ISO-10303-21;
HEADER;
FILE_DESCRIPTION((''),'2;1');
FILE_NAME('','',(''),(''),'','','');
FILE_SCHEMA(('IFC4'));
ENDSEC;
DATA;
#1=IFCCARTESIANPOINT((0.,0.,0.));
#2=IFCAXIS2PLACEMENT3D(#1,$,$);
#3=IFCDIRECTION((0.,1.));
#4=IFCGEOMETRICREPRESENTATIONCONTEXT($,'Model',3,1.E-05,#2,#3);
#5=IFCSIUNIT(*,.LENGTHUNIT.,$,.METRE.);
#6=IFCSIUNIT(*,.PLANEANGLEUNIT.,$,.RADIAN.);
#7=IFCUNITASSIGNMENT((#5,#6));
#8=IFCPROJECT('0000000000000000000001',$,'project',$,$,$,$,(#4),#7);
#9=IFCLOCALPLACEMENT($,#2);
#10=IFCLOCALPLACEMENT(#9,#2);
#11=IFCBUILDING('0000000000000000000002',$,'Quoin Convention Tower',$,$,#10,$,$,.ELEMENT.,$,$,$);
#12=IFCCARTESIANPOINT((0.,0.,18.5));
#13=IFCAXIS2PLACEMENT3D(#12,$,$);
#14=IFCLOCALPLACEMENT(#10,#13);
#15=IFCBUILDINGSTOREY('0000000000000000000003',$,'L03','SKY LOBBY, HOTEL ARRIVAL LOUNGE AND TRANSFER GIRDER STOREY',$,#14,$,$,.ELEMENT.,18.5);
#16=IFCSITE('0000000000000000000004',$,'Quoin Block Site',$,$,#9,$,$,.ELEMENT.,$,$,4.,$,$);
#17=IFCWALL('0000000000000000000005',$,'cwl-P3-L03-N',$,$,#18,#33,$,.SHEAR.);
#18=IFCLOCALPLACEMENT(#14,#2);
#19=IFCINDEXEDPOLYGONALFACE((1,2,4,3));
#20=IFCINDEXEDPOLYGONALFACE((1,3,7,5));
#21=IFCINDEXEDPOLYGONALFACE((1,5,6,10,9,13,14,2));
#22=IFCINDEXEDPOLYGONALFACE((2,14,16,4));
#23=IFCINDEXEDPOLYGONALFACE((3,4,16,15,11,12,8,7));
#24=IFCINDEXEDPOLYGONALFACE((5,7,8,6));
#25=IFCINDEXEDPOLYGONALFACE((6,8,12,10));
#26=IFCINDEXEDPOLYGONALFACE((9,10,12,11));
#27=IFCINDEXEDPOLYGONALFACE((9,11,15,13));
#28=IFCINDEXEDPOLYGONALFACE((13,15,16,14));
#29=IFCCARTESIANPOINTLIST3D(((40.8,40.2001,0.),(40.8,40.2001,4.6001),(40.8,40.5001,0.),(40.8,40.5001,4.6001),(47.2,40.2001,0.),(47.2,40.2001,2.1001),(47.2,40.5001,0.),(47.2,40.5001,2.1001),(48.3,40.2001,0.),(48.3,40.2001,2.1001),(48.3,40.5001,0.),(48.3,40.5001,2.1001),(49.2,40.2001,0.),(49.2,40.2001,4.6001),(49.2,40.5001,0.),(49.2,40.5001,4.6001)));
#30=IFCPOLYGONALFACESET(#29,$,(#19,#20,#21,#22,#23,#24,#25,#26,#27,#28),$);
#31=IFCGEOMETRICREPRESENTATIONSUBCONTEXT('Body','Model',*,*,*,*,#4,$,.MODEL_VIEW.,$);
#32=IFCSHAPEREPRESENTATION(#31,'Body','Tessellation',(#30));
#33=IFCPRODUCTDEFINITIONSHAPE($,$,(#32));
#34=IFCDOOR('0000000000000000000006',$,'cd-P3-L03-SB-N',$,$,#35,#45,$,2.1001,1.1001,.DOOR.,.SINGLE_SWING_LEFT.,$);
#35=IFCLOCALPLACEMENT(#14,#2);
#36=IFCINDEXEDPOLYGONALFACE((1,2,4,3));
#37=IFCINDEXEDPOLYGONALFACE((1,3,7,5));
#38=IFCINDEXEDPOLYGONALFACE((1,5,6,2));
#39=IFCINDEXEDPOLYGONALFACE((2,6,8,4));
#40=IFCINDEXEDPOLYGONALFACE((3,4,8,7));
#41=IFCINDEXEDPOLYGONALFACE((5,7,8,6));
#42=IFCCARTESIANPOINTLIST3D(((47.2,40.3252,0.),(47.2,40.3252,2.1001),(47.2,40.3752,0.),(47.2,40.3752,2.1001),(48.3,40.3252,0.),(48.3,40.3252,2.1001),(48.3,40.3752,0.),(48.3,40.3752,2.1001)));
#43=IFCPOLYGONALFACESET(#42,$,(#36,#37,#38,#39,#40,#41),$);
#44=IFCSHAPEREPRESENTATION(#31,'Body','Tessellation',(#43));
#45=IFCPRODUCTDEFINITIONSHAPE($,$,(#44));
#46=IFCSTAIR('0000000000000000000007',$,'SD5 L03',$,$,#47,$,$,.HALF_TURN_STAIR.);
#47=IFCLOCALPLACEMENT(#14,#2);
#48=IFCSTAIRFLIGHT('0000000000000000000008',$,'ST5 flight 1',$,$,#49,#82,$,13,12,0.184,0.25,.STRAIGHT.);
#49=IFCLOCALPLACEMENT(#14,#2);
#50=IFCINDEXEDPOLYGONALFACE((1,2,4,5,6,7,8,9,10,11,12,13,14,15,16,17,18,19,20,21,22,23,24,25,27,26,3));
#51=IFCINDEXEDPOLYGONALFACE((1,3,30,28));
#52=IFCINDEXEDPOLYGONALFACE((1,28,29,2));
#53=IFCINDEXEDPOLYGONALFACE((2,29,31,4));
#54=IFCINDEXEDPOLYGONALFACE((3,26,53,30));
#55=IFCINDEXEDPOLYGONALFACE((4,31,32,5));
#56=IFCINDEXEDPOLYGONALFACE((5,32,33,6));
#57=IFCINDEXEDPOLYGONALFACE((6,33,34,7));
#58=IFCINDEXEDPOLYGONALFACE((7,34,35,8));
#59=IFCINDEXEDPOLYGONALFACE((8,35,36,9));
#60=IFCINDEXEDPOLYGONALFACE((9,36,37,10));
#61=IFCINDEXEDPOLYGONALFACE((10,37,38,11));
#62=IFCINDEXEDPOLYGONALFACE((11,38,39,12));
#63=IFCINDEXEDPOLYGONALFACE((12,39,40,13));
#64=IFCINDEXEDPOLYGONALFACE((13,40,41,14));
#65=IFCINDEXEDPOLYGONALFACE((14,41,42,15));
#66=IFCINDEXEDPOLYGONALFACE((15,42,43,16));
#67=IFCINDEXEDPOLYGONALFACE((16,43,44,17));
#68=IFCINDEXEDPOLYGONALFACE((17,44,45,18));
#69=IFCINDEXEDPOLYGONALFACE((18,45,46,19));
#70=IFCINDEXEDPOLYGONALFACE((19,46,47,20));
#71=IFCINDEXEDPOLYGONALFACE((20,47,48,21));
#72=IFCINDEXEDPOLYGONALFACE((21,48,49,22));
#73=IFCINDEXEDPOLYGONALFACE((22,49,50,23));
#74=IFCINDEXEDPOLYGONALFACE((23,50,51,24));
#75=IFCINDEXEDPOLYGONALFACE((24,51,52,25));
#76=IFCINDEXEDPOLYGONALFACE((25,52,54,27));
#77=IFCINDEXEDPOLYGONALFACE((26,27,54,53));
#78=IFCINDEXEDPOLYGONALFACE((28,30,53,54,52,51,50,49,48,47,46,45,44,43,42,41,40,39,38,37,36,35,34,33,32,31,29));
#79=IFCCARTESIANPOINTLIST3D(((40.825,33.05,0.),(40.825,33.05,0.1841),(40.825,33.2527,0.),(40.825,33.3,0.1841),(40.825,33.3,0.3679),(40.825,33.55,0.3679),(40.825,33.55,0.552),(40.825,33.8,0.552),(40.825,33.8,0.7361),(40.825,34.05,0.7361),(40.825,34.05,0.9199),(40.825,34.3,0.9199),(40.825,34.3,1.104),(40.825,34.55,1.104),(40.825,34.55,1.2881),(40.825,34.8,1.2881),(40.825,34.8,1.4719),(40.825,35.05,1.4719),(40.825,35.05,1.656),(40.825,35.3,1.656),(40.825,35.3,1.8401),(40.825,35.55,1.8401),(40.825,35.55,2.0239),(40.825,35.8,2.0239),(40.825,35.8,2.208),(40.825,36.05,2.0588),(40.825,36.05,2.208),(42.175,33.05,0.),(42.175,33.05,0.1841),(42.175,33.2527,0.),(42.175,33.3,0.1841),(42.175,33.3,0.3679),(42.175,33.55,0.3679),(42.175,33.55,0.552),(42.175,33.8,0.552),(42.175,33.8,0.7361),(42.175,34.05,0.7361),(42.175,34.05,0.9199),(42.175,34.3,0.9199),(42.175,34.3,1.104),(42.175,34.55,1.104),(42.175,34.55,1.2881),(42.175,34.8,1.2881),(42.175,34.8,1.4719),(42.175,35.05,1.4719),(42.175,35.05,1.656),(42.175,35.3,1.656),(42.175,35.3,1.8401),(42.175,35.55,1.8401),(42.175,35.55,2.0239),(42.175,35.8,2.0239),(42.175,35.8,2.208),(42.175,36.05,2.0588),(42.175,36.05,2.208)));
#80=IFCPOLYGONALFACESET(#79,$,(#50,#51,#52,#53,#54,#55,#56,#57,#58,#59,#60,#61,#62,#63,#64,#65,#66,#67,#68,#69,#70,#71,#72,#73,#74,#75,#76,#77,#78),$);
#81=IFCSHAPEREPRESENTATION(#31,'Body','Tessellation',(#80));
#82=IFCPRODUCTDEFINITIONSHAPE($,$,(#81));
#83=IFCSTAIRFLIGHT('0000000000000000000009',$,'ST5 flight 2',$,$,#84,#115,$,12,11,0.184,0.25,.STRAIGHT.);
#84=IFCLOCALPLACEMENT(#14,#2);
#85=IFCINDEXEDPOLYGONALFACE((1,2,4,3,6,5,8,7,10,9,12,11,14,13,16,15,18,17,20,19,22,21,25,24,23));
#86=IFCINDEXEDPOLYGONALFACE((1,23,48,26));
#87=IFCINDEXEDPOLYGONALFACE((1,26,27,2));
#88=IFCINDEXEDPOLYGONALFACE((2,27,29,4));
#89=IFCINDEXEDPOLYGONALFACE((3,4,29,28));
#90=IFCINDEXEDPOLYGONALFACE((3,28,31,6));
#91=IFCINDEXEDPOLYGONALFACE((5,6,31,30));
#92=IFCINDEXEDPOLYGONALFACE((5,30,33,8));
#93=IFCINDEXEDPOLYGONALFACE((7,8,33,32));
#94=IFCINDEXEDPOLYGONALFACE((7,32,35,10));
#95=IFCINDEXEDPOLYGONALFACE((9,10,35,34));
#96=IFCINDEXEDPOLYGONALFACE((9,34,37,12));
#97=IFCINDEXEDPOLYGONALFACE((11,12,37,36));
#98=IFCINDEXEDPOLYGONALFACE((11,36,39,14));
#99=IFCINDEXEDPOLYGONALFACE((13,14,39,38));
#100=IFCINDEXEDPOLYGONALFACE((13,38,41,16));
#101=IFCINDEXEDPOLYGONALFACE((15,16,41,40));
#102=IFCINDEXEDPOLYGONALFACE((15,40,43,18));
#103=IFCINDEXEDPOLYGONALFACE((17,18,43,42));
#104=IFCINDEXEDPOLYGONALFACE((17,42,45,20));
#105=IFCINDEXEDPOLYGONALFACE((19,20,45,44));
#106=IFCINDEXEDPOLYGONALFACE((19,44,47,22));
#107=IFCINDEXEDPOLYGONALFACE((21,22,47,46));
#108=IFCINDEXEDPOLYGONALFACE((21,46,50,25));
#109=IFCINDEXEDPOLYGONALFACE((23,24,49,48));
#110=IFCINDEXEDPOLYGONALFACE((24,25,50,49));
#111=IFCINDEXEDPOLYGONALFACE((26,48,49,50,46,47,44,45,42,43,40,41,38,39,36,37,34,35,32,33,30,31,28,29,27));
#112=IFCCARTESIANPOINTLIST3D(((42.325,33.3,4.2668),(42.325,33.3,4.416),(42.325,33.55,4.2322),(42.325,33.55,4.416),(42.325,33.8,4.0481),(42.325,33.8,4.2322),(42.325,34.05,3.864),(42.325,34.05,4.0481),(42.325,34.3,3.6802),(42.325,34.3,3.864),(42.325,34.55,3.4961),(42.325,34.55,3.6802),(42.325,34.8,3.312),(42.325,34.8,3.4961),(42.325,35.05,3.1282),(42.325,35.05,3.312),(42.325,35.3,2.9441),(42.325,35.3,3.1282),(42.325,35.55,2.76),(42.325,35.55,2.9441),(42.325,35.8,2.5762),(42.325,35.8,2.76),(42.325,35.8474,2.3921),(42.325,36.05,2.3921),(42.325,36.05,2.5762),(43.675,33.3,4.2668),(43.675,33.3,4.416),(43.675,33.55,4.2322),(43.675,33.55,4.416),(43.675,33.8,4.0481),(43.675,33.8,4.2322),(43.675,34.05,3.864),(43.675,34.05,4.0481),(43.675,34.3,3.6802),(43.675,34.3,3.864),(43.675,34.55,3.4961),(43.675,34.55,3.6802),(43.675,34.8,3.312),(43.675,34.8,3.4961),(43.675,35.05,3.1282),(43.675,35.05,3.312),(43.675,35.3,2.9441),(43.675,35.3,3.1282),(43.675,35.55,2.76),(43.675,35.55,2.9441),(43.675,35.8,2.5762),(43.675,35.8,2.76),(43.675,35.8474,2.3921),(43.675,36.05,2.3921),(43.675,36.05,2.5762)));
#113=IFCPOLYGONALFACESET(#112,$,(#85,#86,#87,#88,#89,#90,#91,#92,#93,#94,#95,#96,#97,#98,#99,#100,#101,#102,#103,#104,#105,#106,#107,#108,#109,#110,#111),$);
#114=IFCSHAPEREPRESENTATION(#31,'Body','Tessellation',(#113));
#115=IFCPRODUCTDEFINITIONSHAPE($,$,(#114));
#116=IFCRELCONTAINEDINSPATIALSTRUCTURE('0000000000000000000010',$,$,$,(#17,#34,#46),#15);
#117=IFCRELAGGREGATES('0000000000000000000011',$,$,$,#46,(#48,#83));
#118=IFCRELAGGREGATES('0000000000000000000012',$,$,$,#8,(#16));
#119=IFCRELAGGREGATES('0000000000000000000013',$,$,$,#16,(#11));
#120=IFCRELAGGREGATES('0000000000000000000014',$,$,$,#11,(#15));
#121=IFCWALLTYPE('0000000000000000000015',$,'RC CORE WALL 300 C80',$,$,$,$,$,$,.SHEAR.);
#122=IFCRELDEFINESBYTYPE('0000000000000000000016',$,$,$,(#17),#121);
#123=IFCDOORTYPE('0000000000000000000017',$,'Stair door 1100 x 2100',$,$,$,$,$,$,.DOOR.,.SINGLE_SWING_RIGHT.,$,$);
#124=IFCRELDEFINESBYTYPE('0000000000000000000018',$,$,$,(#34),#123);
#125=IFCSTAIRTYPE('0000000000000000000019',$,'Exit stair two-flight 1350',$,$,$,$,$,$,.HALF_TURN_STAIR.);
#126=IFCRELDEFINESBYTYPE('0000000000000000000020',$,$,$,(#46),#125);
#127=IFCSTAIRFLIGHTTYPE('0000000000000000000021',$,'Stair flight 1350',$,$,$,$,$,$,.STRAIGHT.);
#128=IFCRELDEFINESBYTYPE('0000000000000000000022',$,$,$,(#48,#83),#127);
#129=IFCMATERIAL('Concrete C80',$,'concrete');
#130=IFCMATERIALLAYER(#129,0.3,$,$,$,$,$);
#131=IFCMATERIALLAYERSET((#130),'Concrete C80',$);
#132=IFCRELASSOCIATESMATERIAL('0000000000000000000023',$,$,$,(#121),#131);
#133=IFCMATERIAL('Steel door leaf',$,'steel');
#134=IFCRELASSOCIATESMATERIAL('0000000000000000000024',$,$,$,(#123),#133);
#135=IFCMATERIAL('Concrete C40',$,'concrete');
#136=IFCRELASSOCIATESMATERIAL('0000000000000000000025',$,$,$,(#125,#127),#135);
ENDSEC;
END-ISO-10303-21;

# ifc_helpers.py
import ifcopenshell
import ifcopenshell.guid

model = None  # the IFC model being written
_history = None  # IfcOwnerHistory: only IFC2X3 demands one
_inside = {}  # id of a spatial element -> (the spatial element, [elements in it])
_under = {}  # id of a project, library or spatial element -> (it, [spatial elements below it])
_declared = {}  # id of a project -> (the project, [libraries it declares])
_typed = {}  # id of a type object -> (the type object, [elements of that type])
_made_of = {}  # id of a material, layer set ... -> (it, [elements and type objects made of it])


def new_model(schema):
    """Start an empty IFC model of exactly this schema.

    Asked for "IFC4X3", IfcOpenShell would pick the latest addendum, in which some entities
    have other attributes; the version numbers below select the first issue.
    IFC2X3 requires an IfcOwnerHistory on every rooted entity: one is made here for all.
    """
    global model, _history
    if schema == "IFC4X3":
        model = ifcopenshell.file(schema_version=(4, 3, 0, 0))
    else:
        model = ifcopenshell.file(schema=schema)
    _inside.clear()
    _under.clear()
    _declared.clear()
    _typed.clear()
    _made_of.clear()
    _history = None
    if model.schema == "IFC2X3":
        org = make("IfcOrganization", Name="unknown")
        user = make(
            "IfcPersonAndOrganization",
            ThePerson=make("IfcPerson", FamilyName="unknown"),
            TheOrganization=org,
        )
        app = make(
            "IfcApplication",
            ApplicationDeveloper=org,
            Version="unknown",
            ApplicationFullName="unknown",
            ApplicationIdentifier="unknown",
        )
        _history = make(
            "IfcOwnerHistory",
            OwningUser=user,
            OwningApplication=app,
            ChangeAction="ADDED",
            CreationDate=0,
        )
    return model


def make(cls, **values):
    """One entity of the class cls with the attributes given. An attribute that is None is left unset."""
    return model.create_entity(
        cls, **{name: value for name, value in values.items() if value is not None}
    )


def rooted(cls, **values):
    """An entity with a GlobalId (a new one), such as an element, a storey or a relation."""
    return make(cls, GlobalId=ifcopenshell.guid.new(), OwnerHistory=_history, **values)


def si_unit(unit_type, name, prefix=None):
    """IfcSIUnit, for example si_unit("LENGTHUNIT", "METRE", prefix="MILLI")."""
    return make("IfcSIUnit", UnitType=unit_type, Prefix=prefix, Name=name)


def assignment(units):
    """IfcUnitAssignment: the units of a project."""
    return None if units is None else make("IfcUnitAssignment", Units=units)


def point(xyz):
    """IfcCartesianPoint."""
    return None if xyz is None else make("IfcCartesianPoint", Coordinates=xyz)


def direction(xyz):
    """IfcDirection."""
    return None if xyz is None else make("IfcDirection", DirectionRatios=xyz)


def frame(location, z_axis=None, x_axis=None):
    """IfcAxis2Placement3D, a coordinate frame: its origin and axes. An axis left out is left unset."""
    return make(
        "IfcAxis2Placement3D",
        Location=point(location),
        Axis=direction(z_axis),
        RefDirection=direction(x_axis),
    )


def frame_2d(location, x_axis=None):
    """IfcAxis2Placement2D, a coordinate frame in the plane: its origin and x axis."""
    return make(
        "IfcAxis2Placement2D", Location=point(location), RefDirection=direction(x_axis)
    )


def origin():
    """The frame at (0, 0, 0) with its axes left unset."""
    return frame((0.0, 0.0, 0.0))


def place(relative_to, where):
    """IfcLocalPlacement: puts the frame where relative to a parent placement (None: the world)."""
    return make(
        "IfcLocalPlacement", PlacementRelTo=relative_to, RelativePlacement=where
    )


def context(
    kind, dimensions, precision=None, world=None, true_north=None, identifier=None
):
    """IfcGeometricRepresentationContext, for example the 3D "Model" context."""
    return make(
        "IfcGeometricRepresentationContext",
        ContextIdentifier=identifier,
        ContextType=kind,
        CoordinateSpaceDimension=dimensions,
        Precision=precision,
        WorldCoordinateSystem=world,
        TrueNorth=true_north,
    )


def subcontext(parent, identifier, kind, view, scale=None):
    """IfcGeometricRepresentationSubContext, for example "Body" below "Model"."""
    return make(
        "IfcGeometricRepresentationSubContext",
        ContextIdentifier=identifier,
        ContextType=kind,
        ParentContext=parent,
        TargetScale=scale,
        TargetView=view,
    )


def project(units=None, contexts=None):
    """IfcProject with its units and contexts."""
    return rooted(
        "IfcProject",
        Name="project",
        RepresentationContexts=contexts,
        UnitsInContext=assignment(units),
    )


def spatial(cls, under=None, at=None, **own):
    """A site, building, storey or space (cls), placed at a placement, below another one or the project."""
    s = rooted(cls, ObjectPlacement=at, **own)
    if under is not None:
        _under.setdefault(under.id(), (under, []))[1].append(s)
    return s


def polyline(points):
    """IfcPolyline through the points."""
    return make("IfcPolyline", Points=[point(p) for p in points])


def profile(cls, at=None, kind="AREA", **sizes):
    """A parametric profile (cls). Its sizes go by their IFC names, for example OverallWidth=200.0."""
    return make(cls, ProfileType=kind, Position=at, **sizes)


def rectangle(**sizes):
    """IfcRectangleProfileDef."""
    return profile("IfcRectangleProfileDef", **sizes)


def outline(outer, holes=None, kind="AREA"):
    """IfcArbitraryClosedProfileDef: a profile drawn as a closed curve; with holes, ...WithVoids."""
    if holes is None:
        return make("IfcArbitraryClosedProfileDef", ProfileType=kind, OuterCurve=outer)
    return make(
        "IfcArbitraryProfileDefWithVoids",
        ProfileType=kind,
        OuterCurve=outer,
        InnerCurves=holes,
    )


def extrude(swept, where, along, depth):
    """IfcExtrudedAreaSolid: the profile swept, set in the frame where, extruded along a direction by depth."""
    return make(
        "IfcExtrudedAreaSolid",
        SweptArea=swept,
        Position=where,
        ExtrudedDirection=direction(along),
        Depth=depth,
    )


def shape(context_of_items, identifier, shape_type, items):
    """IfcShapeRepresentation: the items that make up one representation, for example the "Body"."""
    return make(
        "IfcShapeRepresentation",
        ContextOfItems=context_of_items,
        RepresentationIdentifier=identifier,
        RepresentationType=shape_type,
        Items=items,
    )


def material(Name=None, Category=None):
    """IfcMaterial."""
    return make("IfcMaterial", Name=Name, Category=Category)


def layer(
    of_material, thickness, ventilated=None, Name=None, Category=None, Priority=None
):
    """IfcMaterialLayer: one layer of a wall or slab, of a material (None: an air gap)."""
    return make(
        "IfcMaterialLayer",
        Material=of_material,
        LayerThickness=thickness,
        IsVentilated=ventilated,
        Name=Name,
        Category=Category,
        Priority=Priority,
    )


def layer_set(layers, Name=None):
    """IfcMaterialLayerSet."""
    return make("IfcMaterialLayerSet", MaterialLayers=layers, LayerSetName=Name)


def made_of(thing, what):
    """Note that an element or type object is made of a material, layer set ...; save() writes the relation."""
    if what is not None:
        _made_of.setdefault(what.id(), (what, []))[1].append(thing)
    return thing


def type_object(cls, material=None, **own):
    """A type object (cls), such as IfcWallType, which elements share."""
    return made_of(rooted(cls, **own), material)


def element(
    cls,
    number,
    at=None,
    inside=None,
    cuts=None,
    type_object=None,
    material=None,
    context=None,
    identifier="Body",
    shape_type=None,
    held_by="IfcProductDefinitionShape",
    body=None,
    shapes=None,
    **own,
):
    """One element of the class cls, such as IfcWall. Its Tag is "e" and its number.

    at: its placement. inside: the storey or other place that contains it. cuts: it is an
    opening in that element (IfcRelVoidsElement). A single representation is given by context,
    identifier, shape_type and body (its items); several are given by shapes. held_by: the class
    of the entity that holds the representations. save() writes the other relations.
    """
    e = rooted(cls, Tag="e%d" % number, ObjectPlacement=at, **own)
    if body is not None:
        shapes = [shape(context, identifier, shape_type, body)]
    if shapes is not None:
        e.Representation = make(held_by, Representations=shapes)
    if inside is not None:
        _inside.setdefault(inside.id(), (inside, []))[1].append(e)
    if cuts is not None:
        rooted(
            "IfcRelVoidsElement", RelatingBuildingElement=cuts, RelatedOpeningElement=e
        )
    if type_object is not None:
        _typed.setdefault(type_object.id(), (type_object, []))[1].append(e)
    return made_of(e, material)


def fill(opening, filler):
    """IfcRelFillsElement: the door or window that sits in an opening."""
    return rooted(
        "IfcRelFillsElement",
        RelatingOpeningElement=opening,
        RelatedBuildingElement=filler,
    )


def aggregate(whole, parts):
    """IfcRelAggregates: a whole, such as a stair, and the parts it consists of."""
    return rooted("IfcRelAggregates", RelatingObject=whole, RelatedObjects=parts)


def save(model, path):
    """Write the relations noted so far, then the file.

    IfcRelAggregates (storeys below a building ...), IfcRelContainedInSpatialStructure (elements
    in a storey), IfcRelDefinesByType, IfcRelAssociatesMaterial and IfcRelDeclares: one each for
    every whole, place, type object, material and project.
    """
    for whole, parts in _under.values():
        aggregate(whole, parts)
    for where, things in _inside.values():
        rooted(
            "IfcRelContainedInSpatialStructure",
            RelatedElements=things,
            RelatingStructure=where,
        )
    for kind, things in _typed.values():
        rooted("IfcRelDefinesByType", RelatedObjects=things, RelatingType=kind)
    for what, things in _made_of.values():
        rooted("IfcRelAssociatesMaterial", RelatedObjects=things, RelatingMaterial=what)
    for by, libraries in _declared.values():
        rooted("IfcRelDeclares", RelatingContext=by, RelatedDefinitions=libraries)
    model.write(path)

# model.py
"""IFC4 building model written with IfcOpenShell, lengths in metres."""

from ifc_helpers import new_model, si_unit, direction, frame, frame_2d, origin, place, context, subcontext, project, spatial, polyline, rectangle, outline, extrude, material, layer, layer_set, type_object, element, fill, aggregate, save


model = new_model("IFC4")

# Units and contexts
model_context = context("Model", 3, precision=1e-05, world=origin(), true_north=direction((0.0, 1.0)))
body_context = subcontext(model_context, "Body", "Model", "MODEL_VIEW")
ifc_project = project(units=[si_unit("LENGTHUNIT", "METRE"), si_unit("PLANEANGLEUNIT", "RADIAN")], contexts=[model_context])

# Site, building, storey
site_placement = place(None, origin())
site = spatial("IfcSite", under=ifc_project, at=site_placement, Name="Quoin Block Site", CompositionType="ELEMENT", RefElevation=4.0)
building_placement = place(site_placement, origin())
building = spatial("IfcBuilding", under=site, at=building_placement, Name="Quoin Convention Tower", CompositionType="ELEMENT")
storey_placement = place(building_placement, frame((0.0, 0.0, 18.5)))
storey = spatial("IfcBuildingStorey", under=building, at=storey_placement, Name="L03", Description="SKY LOBBY, HOTEL ARRIVAL LOUNGE AND TRANSFER GIRDER STOREY", CompositionType="ELEMENT", Elevation=18.5)

# Shared definitions
ifc_material_1 = material(Name="Concrete C80", Category="concrete")

# Shared definitions
ifc_material_2 = material(Name="Steel door leaf", Category="steel")

# Wall, opening, door
ifc_layer_1 = layer(ifc_material_1, 0.3)
ifc_layer_set_1 = layer_set([ifc_layer_1], Name="Concrete C80")
wall_type_1 = type_object("IfcWallType", Name="RC CORE WALL 300 C80", PredefinedType="SHEAR", material=ifc_layer_set_1)
wall_1_placement = place(storey_placement, frame((40.8, 40.3501, 0.0), z_axis=(0.0, 0.0, 1.0), x_axis=(1.0, 0.0, 0.0)))
wall_1 = element("IfcWall", 1, at=wall_1_placement, inside=storey, type_object=wall_type_1, Name="cwl-P3-L03-N", PredefinedType="SHEAR", context=body_context, shape_type="SweptSolid", body=[
    extrude(rectangle(XDim=8.3999, YDim=0.3, at=frame_2d((4.2, 0.0))), origin(), (0.0, 0.0, 1.0), 4.6001),
])
opening_1_placement = place(wall_1_placement, frame((6.3999, 0.0, 0.0)))
opening_1 = element("IfcOpeningElement", 2, at=opening_1_placement, cuts=wall_1, PredefinedType="OPENING", context=body_context, shape_type="SweptSolid", body=[
    extrude(rectangle(XDim=1.1001, YDim=2.1001, at=frame_2d((0.55, 1.05))), frame((0.0, 0.1599, 0.0), z_axis=(0.0, -1.0, 0.0), x_axis=(1.0, 0.0, 0.0)), (0.0, 0.0, 1.0), 0.3201),
])
door_type_1 = type_object("IfcDoorType", Name="Stair door 1100 x 2100", OperationType="SINGLE_SWING_RIGHT", PredefinedType="DOOR", material=ifc_material_2)
door_1_placement = place(opening_1_placement, frame((1.1001, 0.0, 0.0), z_axis=(0.0, 0.0, 1.0), x_axis=(-1.0, 0.0, 0.0)))
door_1 = element("IfcDoor", 3, at=door_1_placement, inside=storey, type_object=door_type_1, Name="cd-P3-L03-SB-N", OperationType="SINGLE_SWING_LEFT", OverallHeight=2.1001, OverallWidth=1.1001, PredefinedType="DOOR", context=body_context, shape_type="SweptSolid", body=[
    extrude(rectangle(XDim=1.1001, YDim=2.1001, at=frame_2d((0.55, 1.05))), frame((0.0, 0.0249, 0.0), z_axis=(0.0, -1.0, 0.0), x_axis=(1.0, 0.0, 0.0)), (0.0, 0.0, 1.0), 0.05),
])
fill(opening_1, door_1)

# Stair, stair flights
ifc_material_3 = material(Name="Concrete C40", Category="concrete")
stair_type = type_object("IfcStairType", Name="Exit stair two-flight 1350", PredefinedType="HALF_TURN_STAIR", material=ifc_material_3)
stair_placement = place(storey_placement, origin())
stair = element("IfcStair", 4, at=stair_placement, inside=storey, type_object=stair_type, Name="SD5 L03", PredefinedType="HALF_TURN_STAIR")
stair_flight_type = type_object("IfcStairFlightType", Name="Stair flight 1350", PredefinedType="STRAIGHT", material=ifc_material_3)
stair_flight_1_placement = place(storey_placement, frame((41.5, 33.05, 0.0), z_axis=(0.0, 0.0, 1.0), x_axis=(0.0, 1.0, 0.0)))
stair_flight_1 = element("IfcStairFlight", 5, at=stair_flight_1_placement, type_object=stair_flight_type, Name="ST5 flight 1", NumberOfRisers=13, NumberOfTreads=12, PredefinedType="STRAIGHT", RiserHeight=0.184, TreadLength=0.25, context=body_context, shape_type="SweptSolid", body=[
    extrude(outline(polyline([(0.0, 0.0), (0.0, 0.1841), (0.25, 0.1841), (0.25, 0.3679), (0.5, 0.3679), (0.5, 0.552), (0.75, 0.552), (0.75, 0.7361), (1.0, 0.7361), (1.0, 0.9199), (1.25, 0.9199), (1.25, 1.104), (1.5, 1.104), (1.5, 1.2881), (1.75, 1.2881), (1.75, 1.4719), (2.0, 1.4719), (2.0, 1.656), (2.25, 1.656), (2.25, 1.8401), (2.5, 1.8401), (2.5, 2.0239), (2.75, 2.0239), (2.75, 2.208), (3.0, 2.208), (3.0, 2.3921), (3.0, 2.0588), (0.2026, 0.0), (0.0, 0.0)])), frame((0.0, 0.675, 0.0), z_axis=(0.0, -1.0, 0.0), x_axis=(1.0, 0.0, 0.0)), (0.0, 0.0, 1.0), 1.3501),
])
stair_flight_2_placement = place(storey_placement, frame((43.0, 36.05, 2.3921), z_axis=(0.0, 0.0, 1.0), x_axis=(0.0, -1.0, 0.0)))
stair_flight_2 = element("IfcStairFlight", 6, at=stair_flight_2_placement, type_object=stair_flight_type, Name="ST5 flight 2", NumberOfRisers=12, NumberOfTreads=11, PredefinedType="STRAIGHT", RiserHeight=0.184, TreadLength=0.25, context=body_context, shape_type="SweptSolid", body=[
    extrude(outline(polyline([(0.0, 0.0), (0.0, 0.1841), (0.25, 0.1841), (0.25, 0.3679), (0.5, 0.3679), (0.5, 0.552), (0.75, 0.552), (0.75, 0.7361), (1.0, 0.7361), (1.0, 0.9199), (1.25, 0.9199), (1.25, 1.104), (1.5, 1.104), (1.5, 1.2881), (1.75, 1.2881), (1.75, 1.4719), (2.0, 1.4719), (2.0, 1.656), (2.25, 1.656), (2.25, 1.8401), (2.5, 1.8401), (2.5, 2.0239), (2.75, 2.0239), (2.75, 2.208), (2.75, 1.8748), (0.2026, 0.0), (0.0, 0.0)])), frame((0.0, 0.675, 0.0), z_axis=(0.0, -1.0, 0.0), x_axis=(1.0, 0.0, 0.0)), (0.0, 0.0, 1.0), 1.3501),
])
aggregate(stair, [stair_flight_1, stair_flight_2])

save(model, "model.ifc")
